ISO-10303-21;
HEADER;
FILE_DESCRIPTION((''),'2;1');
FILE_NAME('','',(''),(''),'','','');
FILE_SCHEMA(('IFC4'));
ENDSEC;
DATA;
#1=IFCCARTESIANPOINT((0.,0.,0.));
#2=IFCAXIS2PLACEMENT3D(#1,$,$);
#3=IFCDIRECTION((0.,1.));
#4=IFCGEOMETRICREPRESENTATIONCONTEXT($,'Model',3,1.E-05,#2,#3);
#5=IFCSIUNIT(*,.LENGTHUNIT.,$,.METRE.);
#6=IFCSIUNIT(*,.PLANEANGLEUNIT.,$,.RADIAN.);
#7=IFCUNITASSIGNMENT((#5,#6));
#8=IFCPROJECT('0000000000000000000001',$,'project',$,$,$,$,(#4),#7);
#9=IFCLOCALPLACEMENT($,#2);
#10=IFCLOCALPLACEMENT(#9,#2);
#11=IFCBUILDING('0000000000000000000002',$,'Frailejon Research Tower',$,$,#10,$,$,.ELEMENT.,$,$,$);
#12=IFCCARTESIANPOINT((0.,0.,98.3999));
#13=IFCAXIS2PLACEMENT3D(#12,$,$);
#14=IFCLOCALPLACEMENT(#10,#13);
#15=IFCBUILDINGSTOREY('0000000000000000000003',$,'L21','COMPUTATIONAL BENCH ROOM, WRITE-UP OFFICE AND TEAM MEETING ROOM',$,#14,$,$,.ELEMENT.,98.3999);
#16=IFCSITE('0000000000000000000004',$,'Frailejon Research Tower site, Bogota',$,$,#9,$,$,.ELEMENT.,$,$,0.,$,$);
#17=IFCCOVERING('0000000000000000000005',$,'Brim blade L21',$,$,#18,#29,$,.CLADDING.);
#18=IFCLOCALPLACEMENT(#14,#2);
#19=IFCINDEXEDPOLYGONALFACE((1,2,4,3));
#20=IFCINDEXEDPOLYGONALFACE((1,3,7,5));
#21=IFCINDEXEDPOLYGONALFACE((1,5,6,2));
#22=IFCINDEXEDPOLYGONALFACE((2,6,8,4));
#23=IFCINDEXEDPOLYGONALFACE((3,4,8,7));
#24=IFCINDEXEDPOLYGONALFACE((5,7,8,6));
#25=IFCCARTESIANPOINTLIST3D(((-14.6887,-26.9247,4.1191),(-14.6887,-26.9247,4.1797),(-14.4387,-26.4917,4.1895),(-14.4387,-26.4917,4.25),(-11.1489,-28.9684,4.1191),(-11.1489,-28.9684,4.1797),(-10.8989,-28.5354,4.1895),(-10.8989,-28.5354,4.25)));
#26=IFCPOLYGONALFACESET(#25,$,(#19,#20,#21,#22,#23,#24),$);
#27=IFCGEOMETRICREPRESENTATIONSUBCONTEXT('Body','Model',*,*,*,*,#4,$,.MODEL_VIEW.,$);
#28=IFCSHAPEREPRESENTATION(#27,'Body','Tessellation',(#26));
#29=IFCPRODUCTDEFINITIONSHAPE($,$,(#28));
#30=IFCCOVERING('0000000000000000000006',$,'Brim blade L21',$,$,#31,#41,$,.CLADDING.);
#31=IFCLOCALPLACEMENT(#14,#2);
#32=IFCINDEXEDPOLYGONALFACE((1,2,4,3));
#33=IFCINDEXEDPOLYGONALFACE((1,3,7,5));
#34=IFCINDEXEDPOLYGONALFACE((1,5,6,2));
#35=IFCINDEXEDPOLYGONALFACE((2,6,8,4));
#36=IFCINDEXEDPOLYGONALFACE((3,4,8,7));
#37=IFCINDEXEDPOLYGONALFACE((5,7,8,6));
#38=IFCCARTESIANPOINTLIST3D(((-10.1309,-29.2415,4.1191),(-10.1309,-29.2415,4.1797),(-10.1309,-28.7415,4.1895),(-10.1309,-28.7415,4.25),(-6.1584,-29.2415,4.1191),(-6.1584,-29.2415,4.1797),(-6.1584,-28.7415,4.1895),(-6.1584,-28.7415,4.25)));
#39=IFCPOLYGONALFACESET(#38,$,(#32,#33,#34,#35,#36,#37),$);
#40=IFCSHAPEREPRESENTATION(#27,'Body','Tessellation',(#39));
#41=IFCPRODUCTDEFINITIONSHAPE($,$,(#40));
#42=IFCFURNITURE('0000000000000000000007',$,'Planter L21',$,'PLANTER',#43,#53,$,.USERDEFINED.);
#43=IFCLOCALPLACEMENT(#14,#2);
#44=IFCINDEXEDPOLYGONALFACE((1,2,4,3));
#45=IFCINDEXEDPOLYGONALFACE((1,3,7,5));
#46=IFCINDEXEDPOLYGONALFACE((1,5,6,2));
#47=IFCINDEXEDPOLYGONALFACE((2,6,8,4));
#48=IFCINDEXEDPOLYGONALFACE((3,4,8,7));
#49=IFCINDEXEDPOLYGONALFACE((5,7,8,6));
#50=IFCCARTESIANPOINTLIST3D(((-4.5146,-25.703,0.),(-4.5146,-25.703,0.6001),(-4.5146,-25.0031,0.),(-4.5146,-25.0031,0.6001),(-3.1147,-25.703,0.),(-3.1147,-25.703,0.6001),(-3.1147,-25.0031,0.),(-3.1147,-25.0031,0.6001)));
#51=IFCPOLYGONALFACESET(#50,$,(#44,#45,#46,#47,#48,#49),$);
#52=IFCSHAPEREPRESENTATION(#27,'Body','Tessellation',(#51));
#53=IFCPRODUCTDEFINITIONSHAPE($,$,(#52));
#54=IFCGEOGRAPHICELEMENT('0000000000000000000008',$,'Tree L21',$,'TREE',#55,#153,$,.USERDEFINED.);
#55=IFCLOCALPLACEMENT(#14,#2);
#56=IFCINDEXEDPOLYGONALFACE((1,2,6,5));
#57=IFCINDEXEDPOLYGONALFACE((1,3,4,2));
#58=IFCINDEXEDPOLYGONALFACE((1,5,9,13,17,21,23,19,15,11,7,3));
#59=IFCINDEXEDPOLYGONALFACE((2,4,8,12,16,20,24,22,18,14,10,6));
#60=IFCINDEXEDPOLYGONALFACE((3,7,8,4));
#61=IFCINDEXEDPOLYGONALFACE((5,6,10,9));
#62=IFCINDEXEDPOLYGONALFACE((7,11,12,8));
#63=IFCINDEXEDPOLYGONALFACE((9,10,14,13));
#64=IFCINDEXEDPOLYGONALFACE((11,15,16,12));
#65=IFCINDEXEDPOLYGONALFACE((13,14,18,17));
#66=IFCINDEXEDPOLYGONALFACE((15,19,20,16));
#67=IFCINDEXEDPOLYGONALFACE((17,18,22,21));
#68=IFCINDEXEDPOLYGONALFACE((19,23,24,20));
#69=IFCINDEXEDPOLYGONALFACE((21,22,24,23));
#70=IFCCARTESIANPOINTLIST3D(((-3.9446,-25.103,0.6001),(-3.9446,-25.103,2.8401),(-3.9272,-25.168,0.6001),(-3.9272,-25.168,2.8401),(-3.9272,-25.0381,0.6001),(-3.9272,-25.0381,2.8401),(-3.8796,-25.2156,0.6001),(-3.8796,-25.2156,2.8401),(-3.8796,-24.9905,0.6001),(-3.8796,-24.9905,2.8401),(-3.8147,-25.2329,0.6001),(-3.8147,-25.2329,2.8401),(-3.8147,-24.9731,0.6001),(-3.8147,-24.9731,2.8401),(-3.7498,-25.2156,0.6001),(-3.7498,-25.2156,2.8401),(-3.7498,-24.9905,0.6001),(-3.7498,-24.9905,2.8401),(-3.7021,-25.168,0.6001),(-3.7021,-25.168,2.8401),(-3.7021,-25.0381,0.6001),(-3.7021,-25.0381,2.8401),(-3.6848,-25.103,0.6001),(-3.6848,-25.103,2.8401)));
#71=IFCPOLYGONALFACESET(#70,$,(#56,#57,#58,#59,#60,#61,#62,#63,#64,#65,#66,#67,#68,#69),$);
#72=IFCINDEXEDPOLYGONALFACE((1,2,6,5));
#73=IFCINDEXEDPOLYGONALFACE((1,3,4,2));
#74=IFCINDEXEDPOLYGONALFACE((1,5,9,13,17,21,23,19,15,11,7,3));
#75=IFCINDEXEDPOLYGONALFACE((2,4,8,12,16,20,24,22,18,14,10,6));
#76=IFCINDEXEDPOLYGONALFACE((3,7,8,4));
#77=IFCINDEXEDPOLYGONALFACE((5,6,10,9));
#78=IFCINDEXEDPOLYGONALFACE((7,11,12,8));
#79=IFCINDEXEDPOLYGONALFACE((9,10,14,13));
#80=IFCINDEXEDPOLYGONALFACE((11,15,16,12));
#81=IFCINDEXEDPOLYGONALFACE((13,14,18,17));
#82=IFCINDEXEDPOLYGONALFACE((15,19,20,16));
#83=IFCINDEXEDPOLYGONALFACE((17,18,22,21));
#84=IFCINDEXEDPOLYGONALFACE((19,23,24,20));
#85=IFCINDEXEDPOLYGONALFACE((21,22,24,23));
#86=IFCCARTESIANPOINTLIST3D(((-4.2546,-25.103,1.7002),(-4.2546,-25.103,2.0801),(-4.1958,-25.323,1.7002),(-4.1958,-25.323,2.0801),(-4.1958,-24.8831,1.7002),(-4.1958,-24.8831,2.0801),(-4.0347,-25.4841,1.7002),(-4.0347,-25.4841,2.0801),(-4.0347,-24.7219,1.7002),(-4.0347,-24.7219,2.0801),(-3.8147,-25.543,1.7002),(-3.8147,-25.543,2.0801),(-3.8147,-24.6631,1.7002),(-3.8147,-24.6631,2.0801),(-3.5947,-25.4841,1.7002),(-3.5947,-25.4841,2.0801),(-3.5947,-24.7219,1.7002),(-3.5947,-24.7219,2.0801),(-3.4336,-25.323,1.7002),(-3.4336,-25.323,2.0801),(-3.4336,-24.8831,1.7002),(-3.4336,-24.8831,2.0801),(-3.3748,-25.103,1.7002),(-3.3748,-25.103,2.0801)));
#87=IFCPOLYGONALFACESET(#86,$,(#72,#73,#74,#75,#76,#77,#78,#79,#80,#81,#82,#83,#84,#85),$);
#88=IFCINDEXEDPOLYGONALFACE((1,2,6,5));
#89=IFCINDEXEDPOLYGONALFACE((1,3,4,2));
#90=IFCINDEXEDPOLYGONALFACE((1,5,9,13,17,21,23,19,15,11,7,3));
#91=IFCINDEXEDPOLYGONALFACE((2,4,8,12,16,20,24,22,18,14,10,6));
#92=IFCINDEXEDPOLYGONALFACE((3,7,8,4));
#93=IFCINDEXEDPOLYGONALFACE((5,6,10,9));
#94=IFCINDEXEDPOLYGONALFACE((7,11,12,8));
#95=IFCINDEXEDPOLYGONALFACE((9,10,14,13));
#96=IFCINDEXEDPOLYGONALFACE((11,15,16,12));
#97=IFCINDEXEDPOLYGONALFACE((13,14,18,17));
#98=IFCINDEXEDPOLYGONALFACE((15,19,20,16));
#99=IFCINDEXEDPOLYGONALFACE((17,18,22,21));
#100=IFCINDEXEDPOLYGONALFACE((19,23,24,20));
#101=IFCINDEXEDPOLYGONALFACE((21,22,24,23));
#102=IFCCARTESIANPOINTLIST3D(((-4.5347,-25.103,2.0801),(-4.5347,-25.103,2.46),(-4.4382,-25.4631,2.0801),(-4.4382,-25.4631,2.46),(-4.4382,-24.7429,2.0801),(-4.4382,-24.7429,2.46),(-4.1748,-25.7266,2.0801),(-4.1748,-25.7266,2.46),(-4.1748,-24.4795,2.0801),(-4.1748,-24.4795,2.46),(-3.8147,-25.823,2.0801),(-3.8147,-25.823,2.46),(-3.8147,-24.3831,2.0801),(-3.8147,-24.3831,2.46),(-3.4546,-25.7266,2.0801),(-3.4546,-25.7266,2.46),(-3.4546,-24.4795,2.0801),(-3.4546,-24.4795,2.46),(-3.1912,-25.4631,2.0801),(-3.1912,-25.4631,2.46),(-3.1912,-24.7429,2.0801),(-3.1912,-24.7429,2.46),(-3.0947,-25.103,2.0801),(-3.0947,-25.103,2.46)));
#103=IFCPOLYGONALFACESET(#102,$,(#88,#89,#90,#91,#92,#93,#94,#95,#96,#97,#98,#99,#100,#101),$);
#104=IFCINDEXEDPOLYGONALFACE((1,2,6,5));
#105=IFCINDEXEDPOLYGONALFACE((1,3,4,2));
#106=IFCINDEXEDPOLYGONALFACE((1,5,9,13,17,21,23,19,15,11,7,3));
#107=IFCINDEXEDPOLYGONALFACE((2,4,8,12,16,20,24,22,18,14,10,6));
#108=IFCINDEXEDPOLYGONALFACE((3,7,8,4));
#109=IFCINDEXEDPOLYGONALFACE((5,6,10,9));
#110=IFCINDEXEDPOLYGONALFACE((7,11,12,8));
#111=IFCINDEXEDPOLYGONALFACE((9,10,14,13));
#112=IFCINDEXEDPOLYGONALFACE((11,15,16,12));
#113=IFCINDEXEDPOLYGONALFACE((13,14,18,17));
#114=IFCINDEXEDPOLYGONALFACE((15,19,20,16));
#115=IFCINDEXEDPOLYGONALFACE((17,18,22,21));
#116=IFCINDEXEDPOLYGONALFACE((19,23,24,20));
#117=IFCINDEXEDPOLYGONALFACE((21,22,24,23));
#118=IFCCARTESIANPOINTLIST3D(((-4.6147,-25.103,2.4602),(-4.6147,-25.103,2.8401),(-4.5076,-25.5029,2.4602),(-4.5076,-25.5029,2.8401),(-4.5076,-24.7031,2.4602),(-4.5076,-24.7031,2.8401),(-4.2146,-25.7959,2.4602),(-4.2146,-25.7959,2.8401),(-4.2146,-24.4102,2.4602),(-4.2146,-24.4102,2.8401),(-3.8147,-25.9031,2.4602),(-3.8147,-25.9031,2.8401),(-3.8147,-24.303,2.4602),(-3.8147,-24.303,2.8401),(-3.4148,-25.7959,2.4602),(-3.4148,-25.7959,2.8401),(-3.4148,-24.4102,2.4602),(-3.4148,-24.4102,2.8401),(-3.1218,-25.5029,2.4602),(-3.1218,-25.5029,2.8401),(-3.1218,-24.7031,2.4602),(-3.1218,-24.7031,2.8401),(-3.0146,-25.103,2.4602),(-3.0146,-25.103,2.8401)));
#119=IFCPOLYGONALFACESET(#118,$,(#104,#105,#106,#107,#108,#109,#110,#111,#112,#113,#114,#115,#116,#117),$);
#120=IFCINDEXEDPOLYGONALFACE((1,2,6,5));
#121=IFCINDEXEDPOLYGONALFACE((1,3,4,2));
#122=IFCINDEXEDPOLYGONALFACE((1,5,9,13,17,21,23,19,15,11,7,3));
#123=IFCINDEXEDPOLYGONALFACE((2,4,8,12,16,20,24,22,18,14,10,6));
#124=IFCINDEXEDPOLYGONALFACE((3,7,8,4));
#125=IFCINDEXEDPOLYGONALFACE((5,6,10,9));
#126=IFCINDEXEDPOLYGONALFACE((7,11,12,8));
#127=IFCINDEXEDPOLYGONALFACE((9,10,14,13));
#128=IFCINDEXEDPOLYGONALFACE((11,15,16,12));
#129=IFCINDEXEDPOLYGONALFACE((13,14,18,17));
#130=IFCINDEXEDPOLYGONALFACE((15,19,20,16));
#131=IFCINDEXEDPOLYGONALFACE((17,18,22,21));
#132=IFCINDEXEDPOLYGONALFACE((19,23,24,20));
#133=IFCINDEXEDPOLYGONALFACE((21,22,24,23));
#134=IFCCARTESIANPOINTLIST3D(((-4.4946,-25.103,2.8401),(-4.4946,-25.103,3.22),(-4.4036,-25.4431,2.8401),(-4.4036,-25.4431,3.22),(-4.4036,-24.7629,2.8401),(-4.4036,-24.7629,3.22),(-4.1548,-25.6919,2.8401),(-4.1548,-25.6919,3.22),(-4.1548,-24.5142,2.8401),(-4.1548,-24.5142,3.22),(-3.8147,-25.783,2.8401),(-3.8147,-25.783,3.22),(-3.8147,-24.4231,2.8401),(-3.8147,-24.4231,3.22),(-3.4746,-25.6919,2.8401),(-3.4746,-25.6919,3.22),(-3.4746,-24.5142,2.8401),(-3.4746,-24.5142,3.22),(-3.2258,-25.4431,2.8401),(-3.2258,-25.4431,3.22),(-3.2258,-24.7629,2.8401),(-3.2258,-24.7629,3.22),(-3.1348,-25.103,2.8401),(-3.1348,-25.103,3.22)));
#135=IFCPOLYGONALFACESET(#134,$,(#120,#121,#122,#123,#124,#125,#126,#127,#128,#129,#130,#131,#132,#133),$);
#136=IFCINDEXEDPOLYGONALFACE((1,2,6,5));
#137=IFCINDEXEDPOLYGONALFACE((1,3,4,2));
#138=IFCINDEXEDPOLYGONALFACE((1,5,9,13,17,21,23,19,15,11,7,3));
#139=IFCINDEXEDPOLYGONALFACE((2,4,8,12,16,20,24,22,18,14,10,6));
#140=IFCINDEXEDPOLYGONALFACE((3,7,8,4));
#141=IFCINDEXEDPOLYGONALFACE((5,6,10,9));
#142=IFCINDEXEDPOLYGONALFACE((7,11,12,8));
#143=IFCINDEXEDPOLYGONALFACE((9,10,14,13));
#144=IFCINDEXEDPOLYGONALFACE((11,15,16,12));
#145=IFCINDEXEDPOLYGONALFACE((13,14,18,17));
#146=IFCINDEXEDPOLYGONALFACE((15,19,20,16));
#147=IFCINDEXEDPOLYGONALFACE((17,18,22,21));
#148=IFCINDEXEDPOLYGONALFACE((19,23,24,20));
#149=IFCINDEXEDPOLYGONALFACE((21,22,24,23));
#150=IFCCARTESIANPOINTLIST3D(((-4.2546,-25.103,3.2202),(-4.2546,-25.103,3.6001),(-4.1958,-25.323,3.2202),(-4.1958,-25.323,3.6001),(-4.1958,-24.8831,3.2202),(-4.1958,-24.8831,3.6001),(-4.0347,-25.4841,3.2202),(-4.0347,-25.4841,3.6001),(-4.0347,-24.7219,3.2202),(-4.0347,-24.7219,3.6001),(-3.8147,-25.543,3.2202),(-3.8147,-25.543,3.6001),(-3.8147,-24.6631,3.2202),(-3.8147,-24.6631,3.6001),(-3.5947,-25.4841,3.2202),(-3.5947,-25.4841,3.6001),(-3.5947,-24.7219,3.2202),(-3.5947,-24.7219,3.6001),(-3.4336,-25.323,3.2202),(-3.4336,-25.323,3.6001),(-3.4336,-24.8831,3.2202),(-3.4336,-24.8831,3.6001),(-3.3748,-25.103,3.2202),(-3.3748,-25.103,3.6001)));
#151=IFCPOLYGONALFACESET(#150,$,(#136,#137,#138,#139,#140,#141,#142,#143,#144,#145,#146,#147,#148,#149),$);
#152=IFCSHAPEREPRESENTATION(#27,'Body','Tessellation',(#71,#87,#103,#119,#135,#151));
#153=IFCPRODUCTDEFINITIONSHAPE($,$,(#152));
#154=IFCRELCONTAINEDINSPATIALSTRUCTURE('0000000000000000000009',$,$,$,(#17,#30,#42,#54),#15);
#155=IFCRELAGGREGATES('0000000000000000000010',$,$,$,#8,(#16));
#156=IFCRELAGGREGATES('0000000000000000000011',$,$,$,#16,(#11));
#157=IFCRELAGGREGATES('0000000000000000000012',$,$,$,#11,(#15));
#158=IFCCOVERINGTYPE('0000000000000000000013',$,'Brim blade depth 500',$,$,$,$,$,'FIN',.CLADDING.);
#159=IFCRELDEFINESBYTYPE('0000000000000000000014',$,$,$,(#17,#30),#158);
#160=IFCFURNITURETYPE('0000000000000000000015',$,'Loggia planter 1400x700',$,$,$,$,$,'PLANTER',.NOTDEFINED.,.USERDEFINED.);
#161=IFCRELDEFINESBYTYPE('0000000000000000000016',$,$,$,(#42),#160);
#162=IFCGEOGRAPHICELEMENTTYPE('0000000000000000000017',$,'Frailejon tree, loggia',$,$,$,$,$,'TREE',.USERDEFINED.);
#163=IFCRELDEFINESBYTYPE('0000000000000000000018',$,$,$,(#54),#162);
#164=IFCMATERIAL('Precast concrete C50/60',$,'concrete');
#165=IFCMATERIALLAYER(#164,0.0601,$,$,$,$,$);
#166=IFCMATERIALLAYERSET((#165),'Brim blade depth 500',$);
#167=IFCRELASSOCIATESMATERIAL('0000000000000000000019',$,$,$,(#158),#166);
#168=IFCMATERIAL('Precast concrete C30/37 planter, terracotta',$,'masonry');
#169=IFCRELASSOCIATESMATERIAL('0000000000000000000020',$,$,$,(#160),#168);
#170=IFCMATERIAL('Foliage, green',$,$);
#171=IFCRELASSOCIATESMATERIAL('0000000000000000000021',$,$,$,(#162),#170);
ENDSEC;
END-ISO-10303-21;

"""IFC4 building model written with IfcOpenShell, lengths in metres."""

from ifc_helpers import new_model, si_unit, direction, frame, origin, origin_2d, place, context, subcontext, project, spatial, polyline, rectangle, outline, extrude, material, layer, layer_set, type_object, element, save


model = new_model("IFC4")

# Units and contexts
model_context = context("Model", 3, precision=1e-05, world=origin(), true_north=direction((0.0, 1.0)))
body_context = subcontext(model_context, "Body", "Model", "MODEL_VIEW")
ifc_project = project(units=[si_unit("LENGTHUNIT", "METRE"), si_unit("PLANEANGLEUNIT", "RADIAN")], contexts=[model_context])

# Site, building, storey
site_placement = place(None, origin())
site = spatial("IfcSite", under=ifc_project, at=site_placement, Name="Frailejon Research Tower site, Bogota", CompositionType="ELEMENT", RefElevation=0.0)
building_placement = place(site_placement, origin())
building = spatial("IfcBuilding", under=site, at=building_placement, Name="Frailejon Research Tower", CompositionType="ELEMENT")
storey_placement = place(building_placement, frame((0.0, 0.0, 98.3999)))
storey = spatial("IfcBuildingStorey", under=building, at=storey_placement, Name="L21", Description="COMPUTATIONAL BENCH ROOM, WRITE-UP OFFICE AND TEAM MEETING ROOM", CompositionType="ELEMENT", Elevation=98.3999)

# Coverings
ifc_material_1 = material(Name="Precast concrete C50/60", Category="concrete")
ifc_layer_1 = layer(ifc_material_1, 0.0601)
ifc_layer_set_1 = layer_set([ifc_layer_1], Name="Brim blade depth 500")
covering_type_1 = type_object("IfcCoveringType", Name="Brim blade depth 500", ElementType="FIN", PredefinedType="CLADDING", material=ifc_layer_set_1)
covering_1_placement = place(storey_placement, frame((-10.8989, -28.5354, 4.25), z_axis=(-0.866021, 0.500007, 0.0), x_axis=(-0.500007, -0.866021, 0.0)))
element("IfcCovering", 1, at=covering_1_placement, inside=storey, type_object=covering_type_1, Name="Brim blade L21", PredefinedType="CLADDING", context=body_context, shape_type="SweptSolid", body=[
    extrude(outline(polyline([(0.0, -0.0605), (0.5, -0.1309), (0.5, -0.0703), (0.0, 0.0), (0.0, -0.0605)])), origin(), (0.0, 0.0, 1.0), 4.0874),
])
covering_2_placement = place(storey_placement, frame((-6.1584, -28.7415, 4.25), z_axis=(-1.0, 0.0, 0.0), x_axis=(0.0, -1.0, 0.0)))
element("IfcCovering", 2, at=covering_2_placement, inside=storey, type_object=covering_type_1, Name="Brim blade L21", PredefinedType="CLADDING", context=body_context, shape_type="SweptSolid", body=[
    extrude(outline(polyline([(0.0, -0.0605), (0.5, -0.1309), (0.5, -0.0703), (0.0, 0.0), (0.0, -0.0605)])), origin(), (0.0, 0.0, 1.0), 3.9724),
])

# Furniture
ifc_material_2 = material(Name="Precast concrete C30/37 planter, terracotta", Category="masonry")
furniture_type = type_object("IfcFurnitureType", Name="Loggia planter 1400x700", ElementType="PLANTER", AssemblyPlace="NOTDEFINED", PredefinedType="USERDEFINED", material=ifc_material_2)
furniture_placement = place(storey_placement, frame((-3.8147, -25.353, 0.0), z_axis=(0.0, 0.0, 1.0), x_axis=(1.0, 0.0, 0.0)))
element("IfcFurniture", 3, at=furniture_placement, inside=storey, type_object=furniture_type, Name="Planter L21", ObjectType="PLANTER", PredefinedType="USERDEFINED", context=body_context, shape_type="SweptSolid", body=[
    extrude(rectangle(XDim=1.3999, YDim=0.7, at=origin_2d()), origin(), (0.0, 0.0, 1.0), 0.6001),
])

# Geographic element
ifc_material_3 = material(Name="Foliage, green")
geographic_element_type = type_object("IfcGeographicElementType", Name="Frailejon tree, loggia", ElementType="TREE", PredefinedType="USERDEFINED", material=ifc_material_3)
geographic_element_placement = place(storey_placement, frame((-3.8147, -25.103, 0.6001)))
element("IfcGeographicElement", 4, at=geographic_element_placement, inside=storey, type_object=geographic_element_type, Name="Tree L21", ObjectType="TREE", PredefinedType="USERDEFINED", context=body_context, shape_type="SweptSolid", body=[
    extrude(outline(polyline([(0.1299, 0.0), (0.1125, 0.0649), (0.0649, 0.1125), (0.0, 0.1299), (-0.0649, 0.1125), (-0.1125, 0.0649), (-0.1299, 0.0), (-0.1125, -0.0649), (-0.0649, -0.1125), (0.0, -0.1299), (0.0649, -0.1125), (0.1125, -0.0649), (0.1299, 0.0)])), origin(), (0.0, 0.0, 1.0), 2.24),
    extrude(outline(polyline([(0.4399, 0.0), (0.3811, 0.22), (0.22, 0.3811), (0.0, 0.4399), (-0.22, 0.3811), (-0.3811, 0.22), (-0.4399, 0.0), (-0.3811, -0.22), (-0.22, -0.3811), (0.0, -0.4399), (0.22, -0.3811), (0.3811, -0.22), (0.4399, 0.0)])), frame((0.0, 0.0, 1.1001)), (0.0, 0.0, 1.0), 0.3799),
    extrude(outline(polyline([(0.72, 0.0), (0.6235, 0.3601), (0.3601, 0.6235), (0.0, 0.72), (-0.3601, 0.6235), (-0.6235, 0.3601), (-0.72, 0.0), (-0.6235, -0.3601), (-0.3601, -0.6235), (0.0, -0.72), (0.3601, -0.6235), (0.6235, -0.3601), (0.72, 0.0)])), frame((0.0, 0.0, 1.48)), (0.0, 0.0, 1.0), 0.3799),
    extrude(outline(polyline([(0.8, 0.0), (0.6929, 0.3999), (0.3999, 0.6929), (0.0, 0.8), (-0.3999, 0.6929), (-0.6929, 0.3999), (-0.8, 0.0), (-0.6929, -0.3999), (-0.3999, -0.6929), (0.0, -0.8), (0.3999, -0.6929), (0.6929, -0.3999), (0.8, 0.0)])), frame((0.0, 0.0, 1.8601)), (0.0, 0.0, 1.0), 0.3799),
    extrude(outline(polyline([(0.6799, 0.0), (0.5889, 0.3401), (0.3401, 0.5889), (0.0, 0.6799), (-0.3401, 0.5889), (-0.5889, 0.3401), (-0.6799, 0.0), (-0.5889, -0.3401), (-0.3401, -0.5889), (0.0, -0.6799), (0.3401, -0.5889), (0.5889, -0.3401), (0.6799, 0.0)])), frame((0.0, 0.0, 2.24)), (0.0, 0.0, 1.0), 0.3799),
    extrude(outline(polyline([(0.4399, 0.0), (0.3811, 0.22), (0.22, 0.3811), (0.0, 0.4399), (-0.22, 0.3811), (-0.3811, 0.22), (-0.4399, 0.0), (-0.3811, -0.22), (-0.22, -0.3811), (0.0, -0.4399), (0.22, -0.3811), (0.3811, -0.22), (0.4399, 0.0)])), frame((0.0, 0.0, 2.6201)), (0.0, 0.0, 1.0), 0.3799),
])

save(model, "model.ifc")
